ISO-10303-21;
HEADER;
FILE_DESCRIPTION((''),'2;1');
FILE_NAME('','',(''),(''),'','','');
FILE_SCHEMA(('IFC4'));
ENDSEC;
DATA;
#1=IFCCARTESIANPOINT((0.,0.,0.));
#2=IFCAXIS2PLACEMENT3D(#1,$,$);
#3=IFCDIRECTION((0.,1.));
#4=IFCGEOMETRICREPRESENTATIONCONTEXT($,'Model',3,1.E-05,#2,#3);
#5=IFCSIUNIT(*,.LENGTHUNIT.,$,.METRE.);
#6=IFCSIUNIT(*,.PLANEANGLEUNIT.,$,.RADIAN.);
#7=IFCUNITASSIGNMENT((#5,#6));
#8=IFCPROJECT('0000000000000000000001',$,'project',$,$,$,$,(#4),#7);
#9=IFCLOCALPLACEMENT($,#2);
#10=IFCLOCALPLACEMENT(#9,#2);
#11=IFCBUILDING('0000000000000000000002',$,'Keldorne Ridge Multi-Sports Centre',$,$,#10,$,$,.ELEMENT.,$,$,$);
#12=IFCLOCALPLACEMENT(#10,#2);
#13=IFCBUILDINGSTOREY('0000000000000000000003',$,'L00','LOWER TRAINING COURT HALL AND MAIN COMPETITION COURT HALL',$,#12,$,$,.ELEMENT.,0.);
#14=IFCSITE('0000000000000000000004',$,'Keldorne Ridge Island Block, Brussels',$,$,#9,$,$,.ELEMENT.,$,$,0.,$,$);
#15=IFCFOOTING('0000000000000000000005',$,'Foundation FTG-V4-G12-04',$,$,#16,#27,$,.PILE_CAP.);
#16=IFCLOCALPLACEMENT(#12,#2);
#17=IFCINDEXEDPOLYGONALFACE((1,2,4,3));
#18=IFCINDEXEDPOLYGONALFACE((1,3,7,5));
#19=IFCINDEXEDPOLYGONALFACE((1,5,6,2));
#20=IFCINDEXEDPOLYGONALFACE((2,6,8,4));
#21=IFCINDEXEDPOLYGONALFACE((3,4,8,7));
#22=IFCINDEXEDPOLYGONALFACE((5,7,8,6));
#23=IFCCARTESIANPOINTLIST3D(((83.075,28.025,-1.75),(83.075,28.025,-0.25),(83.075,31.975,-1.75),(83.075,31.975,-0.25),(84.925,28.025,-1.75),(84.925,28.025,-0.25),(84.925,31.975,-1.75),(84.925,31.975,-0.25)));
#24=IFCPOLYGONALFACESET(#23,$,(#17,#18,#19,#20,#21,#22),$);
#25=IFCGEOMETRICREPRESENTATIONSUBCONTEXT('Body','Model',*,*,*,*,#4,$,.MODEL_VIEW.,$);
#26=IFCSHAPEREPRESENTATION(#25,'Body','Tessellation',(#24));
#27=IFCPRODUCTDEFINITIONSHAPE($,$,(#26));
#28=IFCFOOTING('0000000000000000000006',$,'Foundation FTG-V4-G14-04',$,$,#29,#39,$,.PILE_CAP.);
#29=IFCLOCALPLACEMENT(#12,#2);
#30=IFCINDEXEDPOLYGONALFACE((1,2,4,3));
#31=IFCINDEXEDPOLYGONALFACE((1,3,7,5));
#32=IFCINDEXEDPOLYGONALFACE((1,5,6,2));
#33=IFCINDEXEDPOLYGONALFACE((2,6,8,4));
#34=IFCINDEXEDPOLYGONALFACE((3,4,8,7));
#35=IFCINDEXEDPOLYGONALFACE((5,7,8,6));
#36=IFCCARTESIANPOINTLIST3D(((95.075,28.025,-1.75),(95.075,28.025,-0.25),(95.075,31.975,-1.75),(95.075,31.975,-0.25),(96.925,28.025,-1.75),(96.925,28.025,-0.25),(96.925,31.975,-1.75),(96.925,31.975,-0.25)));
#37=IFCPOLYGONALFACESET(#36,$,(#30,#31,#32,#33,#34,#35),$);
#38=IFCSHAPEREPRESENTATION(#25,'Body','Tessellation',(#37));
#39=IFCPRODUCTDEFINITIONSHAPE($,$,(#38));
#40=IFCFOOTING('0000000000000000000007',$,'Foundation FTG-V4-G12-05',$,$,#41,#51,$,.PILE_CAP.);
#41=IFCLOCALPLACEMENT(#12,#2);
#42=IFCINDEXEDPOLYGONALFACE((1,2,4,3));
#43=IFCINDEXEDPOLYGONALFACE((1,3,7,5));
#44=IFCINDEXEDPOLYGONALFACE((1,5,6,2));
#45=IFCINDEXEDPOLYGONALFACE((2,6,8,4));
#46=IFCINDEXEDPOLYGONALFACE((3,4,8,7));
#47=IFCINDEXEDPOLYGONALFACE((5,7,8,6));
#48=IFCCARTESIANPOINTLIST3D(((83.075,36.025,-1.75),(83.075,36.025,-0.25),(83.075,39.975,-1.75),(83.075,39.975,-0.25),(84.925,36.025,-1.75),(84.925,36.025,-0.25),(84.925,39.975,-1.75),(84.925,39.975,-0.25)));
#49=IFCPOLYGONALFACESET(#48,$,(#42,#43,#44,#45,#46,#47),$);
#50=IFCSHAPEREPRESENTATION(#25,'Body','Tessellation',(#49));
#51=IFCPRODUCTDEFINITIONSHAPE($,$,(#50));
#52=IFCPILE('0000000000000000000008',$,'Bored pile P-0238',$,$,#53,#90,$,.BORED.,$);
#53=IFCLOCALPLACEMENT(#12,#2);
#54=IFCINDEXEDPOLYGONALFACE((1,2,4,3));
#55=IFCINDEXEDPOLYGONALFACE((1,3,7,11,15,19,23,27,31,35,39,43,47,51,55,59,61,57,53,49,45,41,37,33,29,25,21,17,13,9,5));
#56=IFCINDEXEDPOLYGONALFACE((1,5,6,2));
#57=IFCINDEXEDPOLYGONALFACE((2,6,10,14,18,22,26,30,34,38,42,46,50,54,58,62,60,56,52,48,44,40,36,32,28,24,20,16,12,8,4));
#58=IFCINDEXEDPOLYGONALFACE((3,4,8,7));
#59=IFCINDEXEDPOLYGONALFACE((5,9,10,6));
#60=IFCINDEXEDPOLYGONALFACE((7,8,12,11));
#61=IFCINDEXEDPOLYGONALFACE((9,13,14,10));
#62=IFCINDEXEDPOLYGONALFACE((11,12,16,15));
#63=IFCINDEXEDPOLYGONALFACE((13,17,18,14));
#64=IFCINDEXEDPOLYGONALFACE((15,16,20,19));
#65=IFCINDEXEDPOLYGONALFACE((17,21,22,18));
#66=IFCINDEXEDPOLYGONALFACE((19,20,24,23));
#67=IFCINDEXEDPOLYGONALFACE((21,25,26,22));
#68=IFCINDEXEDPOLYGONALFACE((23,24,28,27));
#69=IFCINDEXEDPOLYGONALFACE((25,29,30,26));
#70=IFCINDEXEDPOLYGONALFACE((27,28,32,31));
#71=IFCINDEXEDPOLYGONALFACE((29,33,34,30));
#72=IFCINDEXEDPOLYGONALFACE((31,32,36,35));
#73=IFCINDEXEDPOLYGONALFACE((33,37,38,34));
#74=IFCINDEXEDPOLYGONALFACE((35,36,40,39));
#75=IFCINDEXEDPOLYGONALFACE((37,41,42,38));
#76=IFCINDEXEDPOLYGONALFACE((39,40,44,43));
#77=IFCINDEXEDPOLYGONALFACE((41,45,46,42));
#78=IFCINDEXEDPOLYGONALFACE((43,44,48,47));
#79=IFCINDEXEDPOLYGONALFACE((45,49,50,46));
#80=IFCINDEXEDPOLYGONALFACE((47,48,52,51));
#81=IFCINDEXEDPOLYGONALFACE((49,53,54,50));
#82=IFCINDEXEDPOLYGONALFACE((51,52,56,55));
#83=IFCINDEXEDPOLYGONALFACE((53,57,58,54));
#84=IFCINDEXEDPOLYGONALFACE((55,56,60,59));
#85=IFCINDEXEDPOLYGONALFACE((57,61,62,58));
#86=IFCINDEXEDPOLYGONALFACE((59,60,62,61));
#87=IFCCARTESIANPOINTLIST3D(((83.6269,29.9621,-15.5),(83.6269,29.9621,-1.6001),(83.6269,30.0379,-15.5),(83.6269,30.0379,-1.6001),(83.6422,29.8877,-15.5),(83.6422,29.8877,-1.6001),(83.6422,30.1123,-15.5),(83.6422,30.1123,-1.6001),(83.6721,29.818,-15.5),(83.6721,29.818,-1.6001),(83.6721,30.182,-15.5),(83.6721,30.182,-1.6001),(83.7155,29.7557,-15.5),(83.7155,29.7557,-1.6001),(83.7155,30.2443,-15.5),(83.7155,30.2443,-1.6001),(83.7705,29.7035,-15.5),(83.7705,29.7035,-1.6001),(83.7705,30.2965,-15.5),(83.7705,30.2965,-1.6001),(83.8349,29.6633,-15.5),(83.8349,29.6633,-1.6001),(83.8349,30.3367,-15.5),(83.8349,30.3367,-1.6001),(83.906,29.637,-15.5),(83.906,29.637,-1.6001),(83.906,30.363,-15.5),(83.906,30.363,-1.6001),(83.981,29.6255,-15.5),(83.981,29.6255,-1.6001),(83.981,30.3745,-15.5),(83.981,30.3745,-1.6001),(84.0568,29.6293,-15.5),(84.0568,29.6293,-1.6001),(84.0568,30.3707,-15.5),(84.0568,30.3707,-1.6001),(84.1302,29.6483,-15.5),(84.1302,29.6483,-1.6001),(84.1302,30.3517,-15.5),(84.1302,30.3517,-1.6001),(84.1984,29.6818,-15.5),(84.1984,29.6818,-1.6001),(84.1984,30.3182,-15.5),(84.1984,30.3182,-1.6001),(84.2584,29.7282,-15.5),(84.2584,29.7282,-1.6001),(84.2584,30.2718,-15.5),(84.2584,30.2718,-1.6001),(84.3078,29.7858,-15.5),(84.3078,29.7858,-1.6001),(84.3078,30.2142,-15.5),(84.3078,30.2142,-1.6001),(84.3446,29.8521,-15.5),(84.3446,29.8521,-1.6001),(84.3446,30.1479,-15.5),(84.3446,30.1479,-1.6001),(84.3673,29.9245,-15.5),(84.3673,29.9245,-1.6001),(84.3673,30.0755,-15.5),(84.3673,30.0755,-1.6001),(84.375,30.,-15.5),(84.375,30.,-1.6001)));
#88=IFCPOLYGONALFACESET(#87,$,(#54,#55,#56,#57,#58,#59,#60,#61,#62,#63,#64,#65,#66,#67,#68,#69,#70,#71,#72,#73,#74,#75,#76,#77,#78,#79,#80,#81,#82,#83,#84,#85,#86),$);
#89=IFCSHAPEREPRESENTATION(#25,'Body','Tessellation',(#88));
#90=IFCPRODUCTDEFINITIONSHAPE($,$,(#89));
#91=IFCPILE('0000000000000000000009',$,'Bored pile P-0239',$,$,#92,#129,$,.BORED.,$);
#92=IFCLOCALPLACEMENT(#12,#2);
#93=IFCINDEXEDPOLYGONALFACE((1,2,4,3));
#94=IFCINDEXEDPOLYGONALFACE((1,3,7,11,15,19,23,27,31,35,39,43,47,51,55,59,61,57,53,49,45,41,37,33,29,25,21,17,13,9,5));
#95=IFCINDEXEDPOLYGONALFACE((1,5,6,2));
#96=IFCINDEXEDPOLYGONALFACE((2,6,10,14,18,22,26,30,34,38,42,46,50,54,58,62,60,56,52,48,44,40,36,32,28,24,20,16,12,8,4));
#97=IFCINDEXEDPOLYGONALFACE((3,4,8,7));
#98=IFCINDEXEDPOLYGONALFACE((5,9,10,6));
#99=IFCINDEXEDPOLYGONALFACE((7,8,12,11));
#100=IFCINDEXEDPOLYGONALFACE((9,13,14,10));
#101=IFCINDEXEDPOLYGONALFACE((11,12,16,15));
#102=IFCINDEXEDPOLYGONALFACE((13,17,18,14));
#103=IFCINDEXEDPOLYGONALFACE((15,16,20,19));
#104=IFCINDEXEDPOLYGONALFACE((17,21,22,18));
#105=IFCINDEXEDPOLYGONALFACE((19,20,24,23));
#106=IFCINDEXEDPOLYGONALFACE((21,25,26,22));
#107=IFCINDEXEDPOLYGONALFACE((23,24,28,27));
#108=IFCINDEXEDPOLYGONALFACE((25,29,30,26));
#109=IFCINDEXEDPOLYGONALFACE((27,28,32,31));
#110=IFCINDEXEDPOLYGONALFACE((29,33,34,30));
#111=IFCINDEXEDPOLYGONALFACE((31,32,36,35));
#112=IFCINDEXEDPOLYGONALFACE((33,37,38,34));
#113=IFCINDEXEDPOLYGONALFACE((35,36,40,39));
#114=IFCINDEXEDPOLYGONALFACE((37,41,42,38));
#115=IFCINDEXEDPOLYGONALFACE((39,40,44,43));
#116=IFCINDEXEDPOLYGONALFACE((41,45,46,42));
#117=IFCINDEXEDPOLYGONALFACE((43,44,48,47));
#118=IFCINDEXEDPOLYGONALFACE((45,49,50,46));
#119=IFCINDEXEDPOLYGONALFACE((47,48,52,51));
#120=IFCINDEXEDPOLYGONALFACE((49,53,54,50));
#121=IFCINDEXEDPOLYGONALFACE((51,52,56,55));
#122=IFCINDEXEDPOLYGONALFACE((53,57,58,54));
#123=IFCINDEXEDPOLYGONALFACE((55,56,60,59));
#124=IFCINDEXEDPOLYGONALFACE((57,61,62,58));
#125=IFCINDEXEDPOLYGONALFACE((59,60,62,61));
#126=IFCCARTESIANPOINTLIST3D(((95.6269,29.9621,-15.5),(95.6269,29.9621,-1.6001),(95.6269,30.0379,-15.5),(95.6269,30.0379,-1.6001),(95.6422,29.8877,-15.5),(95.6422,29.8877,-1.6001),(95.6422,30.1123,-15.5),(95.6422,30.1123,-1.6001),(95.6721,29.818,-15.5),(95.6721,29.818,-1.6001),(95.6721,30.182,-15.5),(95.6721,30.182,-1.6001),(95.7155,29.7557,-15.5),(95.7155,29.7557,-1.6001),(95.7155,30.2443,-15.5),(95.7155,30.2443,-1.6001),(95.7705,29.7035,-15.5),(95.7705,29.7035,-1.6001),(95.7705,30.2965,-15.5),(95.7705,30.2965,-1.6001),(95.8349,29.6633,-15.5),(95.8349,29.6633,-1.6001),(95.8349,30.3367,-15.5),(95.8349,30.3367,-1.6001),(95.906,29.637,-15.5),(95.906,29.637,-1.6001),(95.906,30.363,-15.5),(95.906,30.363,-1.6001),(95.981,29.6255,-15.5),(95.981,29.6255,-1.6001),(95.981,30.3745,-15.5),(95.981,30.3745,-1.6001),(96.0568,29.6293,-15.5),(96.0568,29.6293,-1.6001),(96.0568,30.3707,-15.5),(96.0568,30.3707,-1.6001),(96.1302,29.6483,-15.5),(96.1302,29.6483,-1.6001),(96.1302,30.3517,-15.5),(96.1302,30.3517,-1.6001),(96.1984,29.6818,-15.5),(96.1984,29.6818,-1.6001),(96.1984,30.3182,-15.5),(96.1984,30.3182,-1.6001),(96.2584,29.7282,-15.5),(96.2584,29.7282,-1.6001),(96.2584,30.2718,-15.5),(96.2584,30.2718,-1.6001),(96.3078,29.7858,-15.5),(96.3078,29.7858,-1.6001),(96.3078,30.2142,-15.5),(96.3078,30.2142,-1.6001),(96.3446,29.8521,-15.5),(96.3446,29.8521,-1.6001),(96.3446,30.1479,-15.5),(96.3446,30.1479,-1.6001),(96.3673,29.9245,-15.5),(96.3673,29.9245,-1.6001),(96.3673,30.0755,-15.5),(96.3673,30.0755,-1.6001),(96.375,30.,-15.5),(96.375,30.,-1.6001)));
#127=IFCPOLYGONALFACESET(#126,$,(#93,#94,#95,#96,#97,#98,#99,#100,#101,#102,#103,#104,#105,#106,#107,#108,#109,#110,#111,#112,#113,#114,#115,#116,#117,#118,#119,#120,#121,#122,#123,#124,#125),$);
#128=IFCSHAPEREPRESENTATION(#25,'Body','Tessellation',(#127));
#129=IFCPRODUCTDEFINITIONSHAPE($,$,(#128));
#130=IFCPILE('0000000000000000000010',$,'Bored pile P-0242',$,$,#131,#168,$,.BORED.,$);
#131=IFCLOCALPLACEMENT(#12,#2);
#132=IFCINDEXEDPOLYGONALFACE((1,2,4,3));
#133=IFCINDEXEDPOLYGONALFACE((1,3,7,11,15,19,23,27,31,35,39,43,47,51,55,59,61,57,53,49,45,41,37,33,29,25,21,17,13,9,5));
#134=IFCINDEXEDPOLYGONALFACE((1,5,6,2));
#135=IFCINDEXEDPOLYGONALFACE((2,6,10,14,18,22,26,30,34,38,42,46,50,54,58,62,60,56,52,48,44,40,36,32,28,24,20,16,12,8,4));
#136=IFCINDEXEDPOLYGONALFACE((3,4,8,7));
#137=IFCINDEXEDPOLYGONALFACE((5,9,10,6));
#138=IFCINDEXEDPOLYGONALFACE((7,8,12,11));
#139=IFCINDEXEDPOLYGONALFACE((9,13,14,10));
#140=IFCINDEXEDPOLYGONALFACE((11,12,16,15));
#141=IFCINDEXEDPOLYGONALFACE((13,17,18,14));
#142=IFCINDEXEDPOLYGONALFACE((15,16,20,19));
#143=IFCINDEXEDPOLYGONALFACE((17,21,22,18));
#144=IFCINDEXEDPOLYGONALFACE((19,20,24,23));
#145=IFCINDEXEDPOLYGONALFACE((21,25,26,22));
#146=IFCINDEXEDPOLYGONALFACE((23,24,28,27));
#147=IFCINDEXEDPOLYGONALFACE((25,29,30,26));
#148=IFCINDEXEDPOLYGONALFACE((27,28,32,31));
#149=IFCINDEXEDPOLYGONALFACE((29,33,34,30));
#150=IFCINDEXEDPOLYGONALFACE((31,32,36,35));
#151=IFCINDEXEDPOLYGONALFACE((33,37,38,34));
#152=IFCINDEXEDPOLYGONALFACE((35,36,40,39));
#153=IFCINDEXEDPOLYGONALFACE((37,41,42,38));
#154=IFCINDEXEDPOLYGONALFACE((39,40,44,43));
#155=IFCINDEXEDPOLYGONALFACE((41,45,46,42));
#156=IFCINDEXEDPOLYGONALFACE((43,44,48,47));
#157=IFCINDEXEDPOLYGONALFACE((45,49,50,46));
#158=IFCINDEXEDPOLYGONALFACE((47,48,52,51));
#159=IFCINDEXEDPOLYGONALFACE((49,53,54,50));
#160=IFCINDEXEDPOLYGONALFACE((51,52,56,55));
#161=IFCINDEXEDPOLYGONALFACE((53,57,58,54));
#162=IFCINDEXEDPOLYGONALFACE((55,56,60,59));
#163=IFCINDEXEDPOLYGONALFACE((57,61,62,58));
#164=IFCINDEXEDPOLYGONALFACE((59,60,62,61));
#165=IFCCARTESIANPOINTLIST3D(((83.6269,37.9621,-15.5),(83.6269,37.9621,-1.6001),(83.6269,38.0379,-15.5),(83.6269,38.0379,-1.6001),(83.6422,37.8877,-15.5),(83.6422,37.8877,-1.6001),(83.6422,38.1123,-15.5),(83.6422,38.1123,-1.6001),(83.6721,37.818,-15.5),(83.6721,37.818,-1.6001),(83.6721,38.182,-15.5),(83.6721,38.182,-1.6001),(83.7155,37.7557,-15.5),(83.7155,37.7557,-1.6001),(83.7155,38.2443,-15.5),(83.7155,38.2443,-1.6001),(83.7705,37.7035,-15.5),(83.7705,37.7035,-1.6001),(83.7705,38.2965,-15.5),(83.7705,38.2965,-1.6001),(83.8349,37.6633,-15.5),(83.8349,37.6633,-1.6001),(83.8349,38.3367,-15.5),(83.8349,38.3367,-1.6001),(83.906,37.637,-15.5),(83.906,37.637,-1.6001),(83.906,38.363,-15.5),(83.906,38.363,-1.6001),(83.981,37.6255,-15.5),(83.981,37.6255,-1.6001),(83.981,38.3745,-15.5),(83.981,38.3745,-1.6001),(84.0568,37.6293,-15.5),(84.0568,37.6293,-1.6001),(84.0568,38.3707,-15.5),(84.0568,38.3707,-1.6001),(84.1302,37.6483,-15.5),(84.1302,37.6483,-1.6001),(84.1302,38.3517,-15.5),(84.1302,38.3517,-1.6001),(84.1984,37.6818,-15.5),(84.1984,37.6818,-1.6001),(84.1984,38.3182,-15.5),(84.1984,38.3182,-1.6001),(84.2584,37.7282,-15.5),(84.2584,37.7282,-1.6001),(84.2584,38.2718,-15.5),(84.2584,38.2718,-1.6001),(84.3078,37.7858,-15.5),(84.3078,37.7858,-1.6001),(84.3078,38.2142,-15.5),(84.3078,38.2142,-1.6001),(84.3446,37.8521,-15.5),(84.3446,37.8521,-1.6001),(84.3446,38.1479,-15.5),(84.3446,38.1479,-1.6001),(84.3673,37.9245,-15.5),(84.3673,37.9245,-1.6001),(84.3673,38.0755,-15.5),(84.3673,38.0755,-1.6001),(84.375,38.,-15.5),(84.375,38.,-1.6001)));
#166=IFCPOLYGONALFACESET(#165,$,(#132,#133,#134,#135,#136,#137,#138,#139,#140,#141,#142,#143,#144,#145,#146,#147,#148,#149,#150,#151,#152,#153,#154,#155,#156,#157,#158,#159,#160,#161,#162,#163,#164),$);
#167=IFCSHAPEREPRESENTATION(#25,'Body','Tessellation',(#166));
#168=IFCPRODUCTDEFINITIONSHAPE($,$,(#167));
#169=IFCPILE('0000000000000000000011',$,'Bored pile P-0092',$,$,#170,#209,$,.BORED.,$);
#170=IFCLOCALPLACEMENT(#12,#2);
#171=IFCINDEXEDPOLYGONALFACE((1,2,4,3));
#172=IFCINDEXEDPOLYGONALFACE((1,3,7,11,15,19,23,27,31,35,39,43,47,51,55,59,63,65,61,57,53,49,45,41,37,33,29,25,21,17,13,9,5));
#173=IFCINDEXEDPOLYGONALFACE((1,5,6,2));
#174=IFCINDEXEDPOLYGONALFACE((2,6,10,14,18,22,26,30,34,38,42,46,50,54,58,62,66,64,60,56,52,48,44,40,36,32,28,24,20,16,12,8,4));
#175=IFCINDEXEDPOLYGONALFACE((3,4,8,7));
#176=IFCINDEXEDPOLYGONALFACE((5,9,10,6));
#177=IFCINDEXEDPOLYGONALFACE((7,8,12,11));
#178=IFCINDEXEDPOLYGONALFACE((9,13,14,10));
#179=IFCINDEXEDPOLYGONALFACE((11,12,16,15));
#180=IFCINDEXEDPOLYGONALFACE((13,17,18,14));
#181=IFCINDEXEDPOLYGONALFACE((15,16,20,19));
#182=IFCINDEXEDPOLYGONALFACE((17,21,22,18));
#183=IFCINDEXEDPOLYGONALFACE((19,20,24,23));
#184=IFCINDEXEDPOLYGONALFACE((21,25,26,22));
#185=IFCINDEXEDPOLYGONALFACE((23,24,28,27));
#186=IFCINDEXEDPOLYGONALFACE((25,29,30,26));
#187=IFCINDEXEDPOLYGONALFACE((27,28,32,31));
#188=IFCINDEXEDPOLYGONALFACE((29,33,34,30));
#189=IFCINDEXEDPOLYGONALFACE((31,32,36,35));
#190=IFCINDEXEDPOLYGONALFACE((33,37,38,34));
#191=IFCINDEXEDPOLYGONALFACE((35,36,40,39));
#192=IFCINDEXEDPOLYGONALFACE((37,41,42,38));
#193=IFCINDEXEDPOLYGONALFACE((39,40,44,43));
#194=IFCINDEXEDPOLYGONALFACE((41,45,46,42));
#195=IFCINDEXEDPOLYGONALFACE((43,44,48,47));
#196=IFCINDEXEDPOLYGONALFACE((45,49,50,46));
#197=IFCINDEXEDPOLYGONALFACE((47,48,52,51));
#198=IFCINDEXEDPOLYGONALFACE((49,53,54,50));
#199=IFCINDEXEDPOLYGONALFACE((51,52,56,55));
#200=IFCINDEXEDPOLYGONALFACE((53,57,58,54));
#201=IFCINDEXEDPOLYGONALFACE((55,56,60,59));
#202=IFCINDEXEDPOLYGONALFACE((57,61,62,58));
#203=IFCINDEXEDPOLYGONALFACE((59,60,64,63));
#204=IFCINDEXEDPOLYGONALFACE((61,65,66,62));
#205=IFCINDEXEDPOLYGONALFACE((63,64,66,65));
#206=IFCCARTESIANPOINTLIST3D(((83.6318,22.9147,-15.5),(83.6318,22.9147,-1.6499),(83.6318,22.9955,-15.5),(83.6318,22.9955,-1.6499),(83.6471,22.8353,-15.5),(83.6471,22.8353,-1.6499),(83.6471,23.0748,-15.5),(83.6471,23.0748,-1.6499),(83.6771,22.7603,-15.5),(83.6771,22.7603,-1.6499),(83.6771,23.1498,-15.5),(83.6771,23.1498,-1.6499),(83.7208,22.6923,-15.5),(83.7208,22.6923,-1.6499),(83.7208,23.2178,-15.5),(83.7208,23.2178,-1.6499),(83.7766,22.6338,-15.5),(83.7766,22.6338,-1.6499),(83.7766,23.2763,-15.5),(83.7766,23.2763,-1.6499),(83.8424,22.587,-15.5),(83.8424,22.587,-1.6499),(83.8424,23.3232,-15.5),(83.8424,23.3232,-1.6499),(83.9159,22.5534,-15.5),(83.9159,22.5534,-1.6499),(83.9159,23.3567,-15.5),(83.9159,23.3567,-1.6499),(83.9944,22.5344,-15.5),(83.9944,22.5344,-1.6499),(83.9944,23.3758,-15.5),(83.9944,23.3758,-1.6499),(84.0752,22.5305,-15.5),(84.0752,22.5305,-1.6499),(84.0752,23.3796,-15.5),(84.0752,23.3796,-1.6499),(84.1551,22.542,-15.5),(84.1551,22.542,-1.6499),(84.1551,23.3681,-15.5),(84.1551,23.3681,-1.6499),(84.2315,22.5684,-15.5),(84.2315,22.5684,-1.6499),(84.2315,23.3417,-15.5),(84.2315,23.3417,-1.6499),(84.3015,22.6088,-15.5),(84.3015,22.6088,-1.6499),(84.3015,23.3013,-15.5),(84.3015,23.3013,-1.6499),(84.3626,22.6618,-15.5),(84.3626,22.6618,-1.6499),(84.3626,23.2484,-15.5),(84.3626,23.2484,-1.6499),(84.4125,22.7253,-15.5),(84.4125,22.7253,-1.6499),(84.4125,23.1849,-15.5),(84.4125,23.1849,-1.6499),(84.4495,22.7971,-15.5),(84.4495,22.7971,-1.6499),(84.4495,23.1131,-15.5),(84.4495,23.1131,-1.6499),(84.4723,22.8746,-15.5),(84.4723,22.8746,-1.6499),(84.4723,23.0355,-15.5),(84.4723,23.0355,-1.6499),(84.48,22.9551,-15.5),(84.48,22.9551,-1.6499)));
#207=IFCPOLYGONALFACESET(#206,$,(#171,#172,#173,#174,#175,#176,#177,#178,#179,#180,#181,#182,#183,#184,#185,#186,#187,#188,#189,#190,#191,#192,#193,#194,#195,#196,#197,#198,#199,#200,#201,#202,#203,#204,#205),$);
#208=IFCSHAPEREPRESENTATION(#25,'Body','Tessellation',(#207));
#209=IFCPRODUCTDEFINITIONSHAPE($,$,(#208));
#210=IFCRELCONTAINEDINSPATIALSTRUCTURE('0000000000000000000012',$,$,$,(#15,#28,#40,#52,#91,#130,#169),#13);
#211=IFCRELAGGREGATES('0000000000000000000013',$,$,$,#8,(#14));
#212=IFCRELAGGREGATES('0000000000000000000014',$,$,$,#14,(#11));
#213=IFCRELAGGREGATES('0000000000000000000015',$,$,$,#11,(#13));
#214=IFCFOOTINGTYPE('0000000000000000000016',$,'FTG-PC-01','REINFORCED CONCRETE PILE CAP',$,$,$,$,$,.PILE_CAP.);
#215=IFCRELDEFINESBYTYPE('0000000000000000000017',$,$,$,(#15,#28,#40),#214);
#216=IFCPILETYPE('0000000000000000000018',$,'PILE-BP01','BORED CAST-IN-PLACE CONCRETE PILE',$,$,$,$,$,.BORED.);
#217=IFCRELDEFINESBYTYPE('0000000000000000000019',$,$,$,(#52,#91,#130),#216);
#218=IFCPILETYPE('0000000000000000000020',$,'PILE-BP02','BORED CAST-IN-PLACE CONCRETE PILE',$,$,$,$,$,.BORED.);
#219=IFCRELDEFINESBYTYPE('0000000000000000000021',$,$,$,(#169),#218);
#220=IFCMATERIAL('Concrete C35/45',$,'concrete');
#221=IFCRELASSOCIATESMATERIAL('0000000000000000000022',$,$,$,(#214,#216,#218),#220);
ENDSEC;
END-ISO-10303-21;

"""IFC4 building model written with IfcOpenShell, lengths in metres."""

from ifc_helpers import new_model, si_unit, direction, frame, origin, origin_2d, place, context, subcontext, project, spatial, rectangle, circle, extrude, material, material_profile, profile_set, type_object, element, save


model = new_model("IFC4")

# Units and contexts
model_context = context("Model", 3, precision=1e-05, world=origin(), true_north=direction((0.0, 1.0)))
body_context = subcontext(model_context, "Body", "Model", "MODEL_VIEW")
ifc_project = project(units=[si_unit("LENGTHUNIT", "METRE"), si_unit("PLANEANGLEUNIT", "RADIAN")], contexts=[model_context])

# Site, building, storey
site_placement = place(None, origin())
site = spatial("IfcSite", under=ifc_project, at=site_placement, Name="Keldorne Ridge Island Block, Brussels", CompositionType="ELEMENT", RefElevation=0.0)
building_placement = place(site_placement, origin())
building = spatial("IfcBuilding", under=site, at=building_placement, Name="Keldorne Ridge Multi-Sports Centre", CompositionType="ELEMENT")
storey_placement = place(building_placement, origin())
storey = spatial("IfcBuildingStorey", under=building, at=storey_placement, Name="L00", Description="LOWER TRAINING COURT HALL AND MAIN COMPETITION COURT HALL", CompositionType="ELEMENT", Elevation=0.0)

# Footings
ifc_material_1 = material(Name="Concrete C35/45", Category="concrete")
footing_type = type_object("IfcFootingType", Name="FTG-PC-01", Description="REINFORCED CONCRETE PILE CAP", PredefinedType="PILE_CAP", material=ifc_material_1)
for number, where, z_axis, x_axis, name in (
    (1, (84.0, 30.0, -1.75), (0.0, 0.0, 1.0), (1.0, 0.0, 0.0), "Foundation FTG-V4-G12-04"),
    (2, (96.0, 30.0, -1.75), (0.0, 0.0, 1.0), (1.0, 0.0, 0.0), "Foundation FTG-V4-G14-04"),
    (3, (84.0, 38.0, -1.75), (0.0, 0.0, 1.0), (1.0, 0.0, 0.0), "Foundation FTG-V4-G12-05"),
):
    element("IfcFooting", number, at=place(storey_placement, frame(where, z_axis=z_axis, x_axis=x_axis)), inside=storey, type_object=footing_type, Name=name, PredefinedType="PILE_CAP", context=body_context, shape_type="SweptSolid", body=[
        extrude(rectangle(XDim=1.8501, YDim=3.95, at=origin_2d()), origin(), (0.0, 0.0, 1.0), 1.5),
    ])

# Piles
ifc_material_profile_1 = material_profile(ifc_material_1, circle(Radius=0.375, at=origin_2d()), Name="BORED PILE D750")
ifc_profile_set_1 = profile_set([ifc_material_profile_1], Name="Concrete C35/45")
pile_type_1 = type_object("IfcPileType", Name="PILE-BP01", Description="BORED CAST-IN-PLACE CONCRETE PILE", PredefinedType="BORED", material=ifc_profile_set_1)
for number, where, z_axis, x_axis, name in (
    (4, (84.0, 30.0, -1.6001), (0.0, 0.0, -1.0), (1.0, 0.0, 0.0), "Bored pile P-0238"),
    (5, (96.0, 30.0, -1.6001), (0.0, 0.0, -1.0), (1.0, 0.0, 0.0), "Bored pile P-0239"),
    (6, (84.0, 38.0, -1.6001), (0.0, 0.0, -1.0), (1.0, 0.0, 0.0), "Bored pile P-0242"),
):
    element("IfcPile", number, at=place(storey_placement, frame(where, z_axis=z_axis, x_axis=x_axis)), inside=storey, type_object=pile_type_1, Name=name, PredefinedType="BORED", context=body_context, shape_type="SweptSolid", body=[
        extrude(circle(Radius=0.375, at=origin_2d()), origin(), (0.0, 0.0, 1.0), 13.8999),
    ])
ifc_material_profile_2 = material_profile(ifc_material_1, circle(Radius=0.425, at=origin_2d()), Name="BORED PILE D850")
ifc_profile_set_2 = profile_set([ifc_material_profile_2], Name="Concrete C35/45")
pile_type_2 = type_object("IfcPileType", Name="PILE-BP02", Description="BORED CAST-IN-PLACE CONCRETE PILE", PredefinedType="BORED", material=ifc_profile_set_2)
pile_placement = place(storey_placement, frame((84.0549, 22.9551, -1.6499), z_axis=(0.0, 0.0, -1.0), x_axis=(1.0, 0.0, 0.0)))
element("IfcPile", 7, at=pile_placement, inside=storey, type_object=pile_type_2, Name="Bored pile P-0092", PredefinedType="BORED", context=body_context, shape_type="SweptSolid", body=[
    extrude(circle(Radius=0.425, at=origin_2d()), origin(), (0.0, 0.0, 1.0), 13.8501),
])

save(model, "model.ifc")
